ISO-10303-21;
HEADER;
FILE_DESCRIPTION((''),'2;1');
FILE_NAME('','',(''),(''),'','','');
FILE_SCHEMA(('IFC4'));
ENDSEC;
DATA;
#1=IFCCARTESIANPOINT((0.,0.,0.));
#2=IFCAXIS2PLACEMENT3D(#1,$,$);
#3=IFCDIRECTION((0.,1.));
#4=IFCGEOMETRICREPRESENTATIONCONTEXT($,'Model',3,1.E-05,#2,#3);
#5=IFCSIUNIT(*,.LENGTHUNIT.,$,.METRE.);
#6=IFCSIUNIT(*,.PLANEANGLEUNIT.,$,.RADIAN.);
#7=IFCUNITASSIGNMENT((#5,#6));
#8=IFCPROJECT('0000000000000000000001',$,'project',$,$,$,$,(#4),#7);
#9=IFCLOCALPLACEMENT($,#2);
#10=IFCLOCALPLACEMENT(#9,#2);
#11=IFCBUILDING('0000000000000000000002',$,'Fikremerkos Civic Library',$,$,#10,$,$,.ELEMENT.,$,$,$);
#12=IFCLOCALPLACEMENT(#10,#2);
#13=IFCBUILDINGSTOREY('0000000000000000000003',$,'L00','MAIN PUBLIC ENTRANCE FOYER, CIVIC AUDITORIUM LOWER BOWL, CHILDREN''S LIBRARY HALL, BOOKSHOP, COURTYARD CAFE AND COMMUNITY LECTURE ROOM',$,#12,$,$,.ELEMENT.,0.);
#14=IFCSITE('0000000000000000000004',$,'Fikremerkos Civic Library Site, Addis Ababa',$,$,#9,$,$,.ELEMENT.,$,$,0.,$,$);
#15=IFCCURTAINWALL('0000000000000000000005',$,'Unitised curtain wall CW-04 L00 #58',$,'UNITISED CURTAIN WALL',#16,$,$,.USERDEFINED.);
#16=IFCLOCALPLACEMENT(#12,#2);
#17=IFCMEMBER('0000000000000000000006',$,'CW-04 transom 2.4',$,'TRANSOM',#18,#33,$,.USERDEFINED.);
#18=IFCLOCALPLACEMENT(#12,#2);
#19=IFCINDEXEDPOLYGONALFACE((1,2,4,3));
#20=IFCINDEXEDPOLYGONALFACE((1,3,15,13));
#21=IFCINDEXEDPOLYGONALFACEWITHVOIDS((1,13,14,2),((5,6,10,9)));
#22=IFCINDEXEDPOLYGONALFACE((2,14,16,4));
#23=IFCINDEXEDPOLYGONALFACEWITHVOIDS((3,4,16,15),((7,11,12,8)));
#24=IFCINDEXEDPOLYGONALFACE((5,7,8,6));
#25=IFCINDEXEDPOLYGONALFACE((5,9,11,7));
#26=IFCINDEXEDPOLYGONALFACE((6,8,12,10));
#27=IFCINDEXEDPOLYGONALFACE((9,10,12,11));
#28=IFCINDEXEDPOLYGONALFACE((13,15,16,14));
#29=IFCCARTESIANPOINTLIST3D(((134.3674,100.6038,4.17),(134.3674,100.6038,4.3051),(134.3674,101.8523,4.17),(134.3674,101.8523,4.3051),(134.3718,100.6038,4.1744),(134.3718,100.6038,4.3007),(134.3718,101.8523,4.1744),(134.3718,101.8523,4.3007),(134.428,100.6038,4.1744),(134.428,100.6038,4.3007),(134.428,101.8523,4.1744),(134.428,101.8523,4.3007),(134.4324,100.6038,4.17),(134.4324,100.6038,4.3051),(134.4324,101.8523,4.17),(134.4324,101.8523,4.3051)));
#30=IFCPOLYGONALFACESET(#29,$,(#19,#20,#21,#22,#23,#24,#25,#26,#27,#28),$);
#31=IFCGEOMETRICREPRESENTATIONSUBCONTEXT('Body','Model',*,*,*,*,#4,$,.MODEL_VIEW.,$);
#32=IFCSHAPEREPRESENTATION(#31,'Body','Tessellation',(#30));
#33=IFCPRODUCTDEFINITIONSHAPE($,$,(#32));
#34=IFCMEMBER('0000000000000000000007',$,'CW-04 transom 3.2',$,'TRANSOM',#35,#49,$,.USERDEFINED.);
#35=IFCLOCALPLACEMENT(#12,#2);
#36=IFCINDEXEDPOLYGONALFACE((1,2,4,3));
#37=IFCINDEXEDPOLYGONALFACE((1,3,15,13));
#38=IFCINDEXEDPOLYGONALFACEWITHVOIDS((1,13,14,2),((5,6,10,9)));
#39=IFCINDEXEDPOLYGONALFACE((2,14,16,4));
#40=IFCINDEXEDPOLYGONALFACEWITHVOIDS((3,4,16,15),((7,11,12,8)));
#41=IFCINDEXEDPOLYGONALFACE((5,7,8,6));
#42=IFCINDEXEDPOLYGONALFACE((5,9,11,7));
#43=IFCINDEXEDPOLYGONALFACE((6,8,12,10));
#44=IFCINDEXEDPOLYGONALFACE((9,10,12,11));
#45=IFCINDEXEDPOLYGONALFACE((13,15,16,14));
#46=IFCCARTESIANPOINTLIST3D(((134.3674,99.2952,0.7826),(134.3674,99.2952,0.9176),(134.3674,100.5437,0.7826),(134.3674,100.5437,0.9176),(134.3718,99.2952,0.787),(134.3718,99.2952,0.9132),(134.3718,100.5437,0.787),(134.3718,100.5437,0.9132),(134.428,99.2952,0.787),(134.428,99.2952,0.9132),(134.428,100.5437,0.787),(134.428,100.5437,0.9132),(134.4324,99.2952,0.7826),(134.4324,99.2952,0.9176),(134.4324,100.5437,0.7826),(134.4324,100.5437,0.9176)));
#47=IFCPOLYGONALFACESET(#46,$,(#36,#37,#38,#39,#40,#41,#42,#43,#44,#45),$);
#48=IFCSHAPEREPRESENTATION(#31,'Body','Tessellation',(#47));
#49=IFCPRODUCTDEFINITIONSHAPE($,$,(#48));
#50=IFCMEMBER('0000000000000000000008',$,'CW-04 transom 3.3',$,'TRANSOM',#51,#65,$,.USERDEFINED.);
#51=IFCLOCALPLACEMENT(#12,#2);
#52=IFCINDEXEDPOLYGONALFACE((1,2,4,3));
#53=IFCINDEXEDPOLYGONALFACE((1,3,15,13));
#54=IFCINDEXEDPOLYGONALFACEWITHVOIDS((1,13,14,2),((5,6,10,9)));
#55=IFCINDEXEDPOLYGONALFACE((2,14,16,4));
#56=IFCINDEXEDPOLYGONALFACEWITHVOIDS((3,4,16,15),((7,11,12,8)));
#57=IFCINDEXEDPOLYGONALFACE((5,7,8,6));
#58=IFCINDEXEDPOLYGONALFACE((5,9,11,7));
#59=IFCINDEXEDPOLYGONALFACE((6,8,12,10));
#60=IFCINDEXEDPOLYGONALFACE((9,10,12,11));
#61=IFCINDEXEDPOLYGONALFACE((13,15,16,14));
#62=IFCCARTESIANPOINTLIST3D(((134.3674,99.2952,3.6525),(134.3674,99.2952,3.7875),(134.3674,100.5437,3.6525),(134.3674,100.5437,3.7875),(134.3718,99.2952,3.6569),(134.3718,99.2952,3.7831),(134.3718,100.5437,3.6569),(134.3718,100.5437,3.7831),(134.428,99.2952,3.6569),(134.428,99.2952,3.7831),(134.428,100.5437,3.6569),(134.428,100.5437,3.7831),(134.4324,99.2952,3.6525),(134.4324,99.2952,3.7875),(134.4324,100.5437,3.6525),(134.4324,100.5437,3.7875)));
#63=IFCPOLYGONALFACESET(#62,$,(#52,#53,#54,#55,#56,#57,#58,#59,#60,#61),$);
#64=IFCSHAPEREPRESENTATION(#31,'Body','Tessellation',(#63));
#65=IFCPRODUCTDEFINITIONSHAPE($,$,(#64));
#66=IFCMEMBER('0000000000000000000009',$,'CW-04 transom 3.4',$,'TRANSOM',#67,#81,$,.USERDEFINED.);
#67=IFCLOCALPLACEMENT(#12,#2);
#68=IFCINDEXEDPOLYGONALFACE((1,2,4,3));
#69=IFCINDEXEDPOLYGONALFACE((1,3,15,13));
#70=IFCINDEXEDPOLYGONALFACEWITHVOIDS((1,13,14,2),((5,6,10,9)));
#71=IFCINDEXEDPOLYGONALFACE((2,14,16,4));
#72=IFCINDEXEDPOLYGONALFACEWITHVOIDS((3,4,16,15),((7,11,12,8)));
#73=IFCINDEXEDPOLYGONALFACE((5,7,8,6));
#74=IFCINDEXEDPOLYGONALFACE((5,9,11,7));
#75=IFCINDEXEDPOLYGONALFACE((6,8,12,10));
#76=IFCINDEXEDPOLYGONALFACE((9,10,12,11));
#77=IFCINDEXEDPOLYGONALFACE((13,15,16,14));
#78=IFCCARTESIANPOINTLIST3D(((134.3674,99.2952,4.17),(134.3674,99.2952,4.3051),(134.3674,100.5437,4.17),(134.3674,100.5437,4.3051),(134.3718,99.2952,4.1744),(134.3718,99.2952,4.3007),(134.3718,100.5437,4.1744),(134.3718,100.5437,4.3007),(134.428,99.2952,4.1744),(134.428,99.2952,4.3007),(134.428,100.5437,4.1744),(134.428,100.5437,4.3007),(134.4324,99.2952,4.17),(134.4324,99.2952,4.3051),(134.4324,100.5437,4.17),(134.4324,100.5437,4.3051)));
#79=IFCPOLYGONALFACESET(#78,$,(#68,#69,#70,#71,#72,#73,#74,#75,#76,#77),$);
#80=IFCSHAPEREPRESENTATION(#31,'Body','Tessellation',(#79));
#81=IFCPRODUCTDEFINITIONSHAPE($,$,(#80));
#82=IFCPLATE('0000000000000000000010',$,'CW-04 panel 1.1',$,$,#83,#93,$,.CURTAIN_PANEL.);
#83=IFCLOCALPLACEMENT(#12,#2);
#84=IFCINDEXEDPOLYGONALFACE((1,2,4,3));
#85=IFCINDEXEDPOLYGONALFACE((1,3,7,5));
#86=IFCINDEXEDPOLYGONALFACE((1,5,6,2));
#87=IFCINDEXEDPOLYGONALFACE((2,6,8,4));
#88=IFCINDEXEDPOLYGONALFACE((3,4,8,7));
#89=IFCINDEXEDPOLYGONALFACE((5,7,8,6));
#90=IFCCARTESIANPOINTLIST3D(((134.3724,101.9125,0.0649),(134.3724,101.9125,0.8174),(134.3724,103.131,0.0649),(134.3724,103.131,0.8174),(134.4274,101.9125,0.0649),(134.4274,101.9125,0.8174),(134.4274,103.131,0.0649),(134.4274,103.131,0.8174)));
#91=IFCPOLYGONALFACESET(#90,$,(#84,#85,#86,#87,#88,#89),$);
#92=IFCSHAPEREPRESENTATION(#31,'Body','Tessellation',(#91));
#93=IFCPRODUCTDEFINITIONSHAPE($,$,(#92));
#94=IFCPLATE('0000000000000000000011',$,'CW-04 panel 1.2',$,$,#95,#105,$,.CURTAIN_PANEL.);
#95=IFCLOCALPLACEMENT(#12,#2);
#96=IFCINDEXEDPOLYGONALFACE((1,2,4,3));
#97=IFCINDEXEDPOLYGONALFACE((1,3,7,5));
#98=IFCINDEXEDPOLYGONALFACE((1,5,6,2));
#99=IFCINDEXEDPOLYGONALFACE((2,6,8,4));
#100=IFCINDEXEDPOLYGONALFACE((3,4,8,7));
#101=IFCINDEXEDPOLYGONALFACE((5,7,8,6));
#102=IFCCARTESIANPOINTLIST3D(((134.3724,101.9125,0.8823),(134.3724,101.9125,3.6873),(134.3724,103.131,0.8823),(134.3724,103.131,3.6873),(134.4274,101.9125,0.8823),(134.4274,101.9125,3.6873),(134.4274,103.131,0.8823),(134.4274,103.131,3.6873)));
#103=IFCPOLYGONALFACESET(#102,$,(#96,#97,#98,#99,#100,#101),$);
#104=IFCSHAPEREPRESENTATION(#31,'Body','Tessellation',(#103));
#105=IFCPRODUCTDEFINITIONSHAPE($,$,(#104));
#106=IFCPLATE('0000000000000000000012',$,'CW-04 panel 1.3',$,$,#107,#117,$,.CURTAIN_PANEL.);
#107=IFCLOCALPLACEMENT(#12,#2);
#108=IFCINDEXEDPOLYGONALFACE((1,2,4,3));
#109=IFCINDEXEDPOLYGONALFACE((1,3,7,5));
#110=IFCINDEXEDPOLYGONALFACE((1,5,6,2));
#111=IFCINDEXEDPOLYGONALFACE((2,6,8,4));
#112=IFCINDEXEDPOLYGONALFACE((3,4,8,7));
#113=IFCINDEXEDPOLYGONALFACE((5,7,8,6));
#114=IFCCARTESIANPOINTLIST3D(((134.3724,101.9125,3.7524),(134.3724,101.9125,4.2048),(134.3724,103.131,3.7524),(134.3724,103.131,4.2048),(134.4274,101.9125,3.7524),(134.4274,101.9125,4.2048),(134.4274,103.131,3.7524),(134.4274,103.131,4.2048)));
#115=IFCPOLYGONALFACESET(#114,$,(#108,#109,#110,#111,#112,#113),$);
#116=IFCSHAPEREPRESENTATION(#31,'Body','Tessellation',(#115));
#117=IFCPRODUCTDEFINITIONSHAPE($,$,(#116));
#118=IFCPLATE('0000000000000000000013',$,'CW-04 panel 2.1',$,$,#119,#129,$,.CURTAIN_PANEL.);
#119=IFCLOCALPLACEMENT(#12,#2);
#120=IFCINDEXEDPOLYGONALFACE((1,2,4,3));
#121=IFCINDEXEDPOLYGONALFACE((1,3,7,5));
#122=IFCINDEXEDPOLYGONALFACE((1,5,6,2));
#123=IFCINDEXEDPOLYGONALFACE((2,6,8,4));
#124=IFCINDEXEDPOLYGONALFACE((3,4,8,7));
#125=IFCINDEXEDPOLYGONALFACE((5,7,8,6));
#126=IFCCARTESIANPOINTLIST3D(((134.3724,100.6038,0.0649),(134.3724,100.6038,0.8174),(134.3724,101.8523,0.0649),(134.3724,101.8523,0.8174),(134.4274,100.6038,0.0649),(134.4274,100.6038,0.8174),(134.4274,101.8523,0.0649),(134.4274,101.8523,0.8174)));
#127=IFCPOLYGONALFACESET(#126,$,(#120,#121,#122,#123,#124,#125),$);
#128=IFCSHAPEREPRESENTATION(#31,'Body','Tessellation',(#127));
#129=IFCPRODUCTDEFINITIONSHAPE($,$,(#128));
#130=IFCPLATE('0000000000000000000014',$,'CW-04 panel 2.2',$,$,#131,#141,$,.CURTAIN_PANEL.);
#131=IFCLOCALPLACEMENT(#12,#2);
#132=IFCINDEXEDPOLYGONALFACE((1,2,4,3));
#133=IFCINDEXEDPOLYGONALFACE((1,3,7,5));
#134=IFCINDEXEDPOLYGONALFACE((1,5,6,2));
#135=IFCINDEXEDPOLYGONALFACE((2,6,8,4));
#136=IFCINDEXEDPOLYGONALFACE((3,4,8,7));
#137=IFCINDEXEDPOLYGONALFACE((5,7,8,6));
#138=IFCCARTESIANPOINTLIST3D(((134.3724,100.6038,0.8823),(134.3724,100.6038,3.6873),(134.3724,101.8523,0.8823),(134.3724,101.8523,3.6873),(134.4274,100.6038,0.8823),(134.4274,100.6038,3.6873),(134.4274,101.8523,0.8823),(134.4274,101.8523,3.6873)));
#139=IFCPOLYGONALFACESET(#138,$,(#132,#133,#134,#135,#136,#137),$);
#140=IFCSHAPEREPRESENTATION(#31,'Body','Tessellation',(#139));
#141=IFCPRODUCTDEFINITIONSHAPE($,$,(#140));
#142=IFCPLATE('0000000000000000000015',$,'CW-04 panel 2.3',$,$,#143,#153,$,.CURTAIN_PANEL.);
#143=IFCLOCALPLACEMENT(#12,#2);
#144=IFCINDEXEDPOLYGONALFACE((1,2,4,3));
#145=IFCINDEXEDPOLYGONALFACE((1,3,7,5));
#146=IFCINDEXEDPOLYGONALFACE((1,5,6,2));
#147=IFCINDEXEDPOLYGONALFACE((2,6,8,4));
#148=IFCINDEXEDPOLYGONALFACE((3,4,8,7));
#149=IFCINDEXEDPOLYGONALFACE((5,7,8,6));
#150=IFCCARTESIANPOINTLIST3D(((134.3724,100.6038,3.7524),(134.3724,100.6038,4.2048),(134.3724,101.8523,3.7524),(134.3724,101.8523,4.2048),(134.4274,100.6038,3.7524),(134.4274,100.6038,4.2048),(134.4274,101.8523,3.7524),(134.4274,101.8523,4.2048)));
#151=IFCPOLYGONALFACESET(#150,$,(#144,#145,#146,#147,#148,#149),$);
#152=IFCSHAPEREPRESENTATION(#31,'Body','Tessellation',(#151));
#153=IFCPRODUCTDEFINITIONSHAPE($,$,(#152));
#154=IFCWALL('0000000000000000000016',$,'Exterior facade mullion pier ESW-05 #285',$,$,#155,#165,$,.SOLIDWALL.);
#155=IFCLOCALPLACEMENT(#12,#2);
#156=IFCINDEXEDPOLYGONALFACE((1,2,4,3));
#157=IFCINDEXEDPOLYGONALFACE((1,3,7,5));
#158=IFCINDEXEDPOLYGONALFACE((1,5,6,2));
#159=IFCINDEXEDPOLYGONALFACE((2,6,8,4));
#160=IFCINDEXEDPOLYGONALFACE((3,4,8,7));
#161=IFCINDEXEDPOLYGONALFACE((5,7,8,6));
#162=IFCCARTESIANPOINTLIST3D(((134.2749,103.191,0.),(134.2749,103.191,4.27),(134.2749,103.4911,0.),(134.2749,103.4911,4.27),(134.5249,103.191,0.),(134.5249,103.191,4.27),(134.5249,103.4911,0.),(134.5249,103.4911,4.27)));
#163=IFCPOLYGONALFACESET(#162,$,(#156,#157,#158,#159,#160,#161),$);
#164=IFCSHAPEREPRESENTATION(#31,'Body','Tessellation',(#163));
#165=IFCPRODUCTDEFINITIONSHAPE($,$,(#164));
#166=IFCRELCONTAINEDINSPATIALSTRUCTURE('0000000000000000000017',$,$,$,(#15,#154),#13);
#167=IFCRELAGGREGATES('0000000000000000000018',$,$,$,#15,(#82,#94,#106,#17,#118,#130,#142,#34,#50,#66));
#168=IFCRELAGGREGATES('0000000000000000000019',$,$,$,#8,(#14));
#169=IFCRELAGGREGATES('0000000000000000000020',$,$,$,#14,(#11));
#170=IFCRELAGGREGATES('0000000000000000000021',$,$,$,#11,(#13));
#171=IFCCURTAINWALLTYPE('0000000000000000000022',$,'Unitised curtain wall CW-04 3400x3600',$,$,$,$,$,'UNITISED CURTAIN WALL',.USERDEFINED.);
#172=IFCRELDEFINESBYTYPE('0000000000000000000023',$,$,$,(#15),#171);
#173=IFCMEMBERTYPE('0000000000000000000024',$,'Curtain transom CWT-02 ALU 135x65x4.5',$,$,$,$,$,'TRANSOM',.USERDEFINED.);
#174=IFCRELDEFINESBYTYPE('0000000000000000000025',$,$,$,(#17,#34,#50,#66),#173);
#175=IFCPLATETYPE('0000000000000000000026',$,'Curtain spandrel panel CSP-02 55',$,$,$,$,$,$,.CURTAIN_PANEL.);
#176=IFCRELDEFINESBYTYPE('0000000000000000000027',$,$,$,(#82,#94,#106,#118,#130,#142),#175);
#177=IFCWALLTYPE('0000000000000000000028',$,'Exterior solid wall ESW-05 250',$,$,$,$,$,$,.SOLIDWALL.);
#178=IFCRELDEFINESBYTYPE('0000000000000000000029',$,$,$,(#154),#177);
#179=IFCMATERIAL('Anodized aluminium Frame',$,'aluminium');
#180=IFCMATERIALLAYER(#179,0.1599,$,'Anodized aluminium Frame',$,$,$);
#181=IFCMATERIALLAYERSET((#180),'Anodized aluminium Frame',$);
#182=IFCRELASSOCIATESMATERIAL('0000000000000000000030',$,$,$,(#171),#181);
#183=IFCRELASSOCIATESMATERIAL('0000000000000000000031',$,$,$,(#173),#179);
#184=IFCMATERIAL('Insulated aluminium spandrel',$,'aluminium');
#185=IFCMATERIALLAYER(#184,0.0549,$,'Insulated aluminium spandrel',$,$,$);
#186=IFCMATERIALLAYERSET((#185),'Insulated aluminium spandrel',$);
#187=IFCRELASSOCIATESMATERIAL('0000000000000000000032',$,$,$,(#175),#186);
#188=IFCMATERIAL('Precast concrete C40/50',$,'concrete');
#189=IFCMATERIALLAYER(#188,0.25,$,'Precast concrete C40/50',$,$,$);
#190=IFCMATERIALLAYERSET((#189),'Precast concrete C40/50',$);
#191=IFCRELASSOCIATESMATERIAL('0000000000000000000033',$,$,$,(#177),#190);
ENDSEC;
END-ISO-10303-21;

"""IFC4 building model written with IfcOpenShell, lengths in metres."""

from ifc_helpers import new_model, si_unit, direction, frame, frame_2d, origin, origin_2d, place, context, subcontext, project, spatial, rectangle, hollow_rectangle, extrude, material, layer, layer_set, material_profile, profile_set, type_object, element, aggregate, save


model = new_model("IFC4")

# Units and contexts
model_context = context("Model", 3, precision=1e-05, world=origin(), true_north=direction((0.0, 1.0)))
body_context = subcontext(model_context, "Body", "Model", "MODEL_VIEW")
ifc_project = project(units=[si_unit("LENGTHUNIT", "METRE"), si_unit("PLANEANGLEUNIT", "RADIAN")], contexts=[model_context])

# Site, building, storey
site_placement = place(None, origin())
site = spatial("IfcSite", under=ifc_project, at=site_placement, Name="Fikremerkos Civic Library Site, Addis Ababa", CompositionType="ELEMENT", RefElevation=0.0)
building_placement = place(site_placement, origin())
building = spatial("IfcBuilding", under=site, at=building_placement, Name="Fikremerkos Civic Library", CompositionType="ELEMENT")
storey_placement = place(building_placement, origin())
storey = spatial("IfcBuildingStorey", under=building, at=storey_placement, Name="L00", Description="MAIN PUBLIC ENTRANCE FOYER, CIVIC AUDITORIUM LOWER BOWL, CHILDREN'S LIBRARY HALL, BOOKSHOP, COURTYARD CAFE AND COMMUNITY LECTURE ROOM", CompositionType="ELEMENT", Elevation=0.0)

# Shared definitions
ifc_material_1 = material(Name="Anodized aluminium Frame", Category="aluminium")

# Curtain wall, members, plates
ifc_layer_1 = layer(ifc_material_1, 0.1599, Name="Anodized aluminium Frame")
ifc_layer_set_1 = layer_set([ifc_layer_1], Name="Anodized aluminium Frame")
curtain_wall_type_1 = type_object("IfcCurtainWallType", Name="Unitised curtain wall CW-04 3400x3600", ElementType="UNITISED CURTAIN WALL", PredefinedType="USERDEFINED", material=ifc_layer_set_1)
curtain_wall_1_placement = place(storey_placement, origin())
curtain_wall_1 = element("IfcCurtainWall", 1, at=curtain_wall_1_placement, inside=storey, type_object=curtain_wall_type_1, Name="Unitised curtain wall CW-04 L00 #58", ObjectType="UNITISED CURTAIN WALL", PredefinedType="USERDEFINED")
ifc_material_profile_1 = material_profile(ifc_material_1, hollow_rectangle(XDim=0.0649, YDim=0.135, WallThickness=0.0044, at=origin_2d()), Name="ALU 135x65x4.5")
ifc_profile_set_1 = profile_set([ifc_material_profile_1], Name="Anodized aluminium Frame")
member_type_1 = type_object("IfcMemberType", Name="Curtain transom CWT-02 ALU 135x65x4.5", ElementType="TRANSOM", PredefinedType="USERDEFINED", material=ifc_profile_set_1)
member_1_placement = place(storey_placement, frame((134.3999, 101.8523, 4.2375), z_axis=(0.0, -1.0, 0.0), x_axis=(1.0, 0.0, 0.0)))
member_1 = element("IfcMember", 2, at=member_1_placement, type_object=member_type_1, Name="CW-04 transom 2.4", ObjectType="TRANSOM", PredefinedType="USERDEFINED", context=body_context, shape_type="SweptSolid", body=[
    extrude(hollow_rectangle(XDim=0.0649, YDim=0.135, WallThickness=0.0044, at=origin_2d()), origin(), (0.0, 0.0, 1.0), 1.2485),
])
member_2_placement = place(storey_placement, frame((134.3999, 100.5437, 0.8501), z_axis=(0.0, -1.0, 0.0), x_axis=(1.0, 0.0, 0.0)))
member_2 = element("IfcMember", 3, at=member_2_placement, type_object=member_type_1, Name="CW-04 transom 3.2", ObjectType="TRANSOM", PredefinedType="USERDEFINED", context=body_context, shape_type="SweptSolid", body=[
    extrude(hollow_rectangle(XDim=0.0649, YDim=0.135, WallThickness=0.0044, at=origin_2d()), origin(), (0.0, 0.0, 1.0), 1.2485),
])
member_3_placement = place(storey_placement, frame((134.3999, 100.5437, 3.72), z_axis=(0.0, -1.0, 0.0), x_axis=(1.0, 0.0, 0.0)))
member_3 = element("IfcMember", 4, at=member_3_placement, type_object=member_type_1, Name="CW-04 transom 3.3", ObjectType="TRANSOM", PredefinedType="USERDEFINED", context=body_context, shape_type="SweptSolid", body=[
    extrude(hollow_rectangle(XDim=0.0649, YDim=0.135, WallThickness=0.0044, at=origin_2d()), origin(), (0.0, 0.0, 1.0), 1.2485),
])
member_4_placement = place(storey_placement, frame((134.3999, 100.5437, 4.2375), z_axis=(0.0, -1.0, 0.0), x_axis=(1.0, 0.0, 0.0)))
member_4 = element("IfcMember", 5, at=member_4_placement, type_object=member_type_1, Name="CW-04 transom 3.4", ObjectType="TRANSOM", PredefinedType="USERDEFINED", context=body_context, shape_type="SweptSolid", body=[
    extrude(hollow_rectangle(XDim=0.0649, YDim=0.135, WallThickness=0.0044, at=origin_2d()), origin(), (0.0, 0.0, 1.0), 1.2485),
])
ifc_material_2 = material(Name="Insulated aluminium spandrel", Category="aluminium")
ifc_layer_2 = layer(ifc_material_2, 0.0549, Name="Insulated aluminium spandrel")
ifc_layer_set_2 = layer_set([ifc_layer_2], Name="Insulated aluminium spandrel")
plate_type = type_object("IfcPlateType", Name="Curtain spandrel panel CSP-02 55", PredefinedType="CURTAIN_PANEL", material=ifc_layer_set_2)
plate_1_placement = place(storey_placement, frame((134.3999, 102.5217, 0.0649), z_axis=(0.0, 0.0, 1.0), x_axis=(0.0, -1.0, 0.0)))
plate_1 = element("IfcPlate", 6, at=plate_1_placement, type_object=plate_type, Name="CW-04 panel 1.1", PredefinedType="CURTAIN_PANEL", context=body_context, shape_type="SweptSolid", body=[
    extrude(rectangle(XDim=1.2185, YDim=0.0549, at=origin_2d()), origin(), (0.0, 0.0, 1.0), 0.7524),
])
plate_2_placement = place(storey_placement, frame((134.3999, 102.5217, 0.8823), z_axis=(0.0, 0.0, 1.0), x_axis=(0.0, -1.0, 0.0)))
plate_2 = element("IfcPlate", 7, at=plate_2_placement, type_object=plate_type, Name="CW-04 panel 1.2", PredefinedType="CURTAIN_PANEL", context=body_context, shape_type="SweptSolid", body=[
    extrude(rectangle(XDim=1.2185, YDim=0.0549, at=origin_2d()), origin(), (0.0, 0.0, 1.0), 2.8049),
])
plate_3_placement = place(storey_placement, frame((134.3999, 102.5217, 3.7524), z_axis=(0.0, 0.0, 1.0), x_axis=(0.0, -1.0, 0.0)))
plate_3 = element("IfcPlate", 8, at=plate_3_placement, type_object=plate_type, Name="CW-04 panel 1.3", PredefinedType="CURTAIN_PANEL", context=body_context, shape_type="SweptSolid", body=[
    extrude(rectangle(XDim=1.2185, YDim=0.0549, at=origin_2d()), origin(), (0.0, 0.0, 1.0), 0.4524),
])
plate_4_placement = place(storey_placement, frame((134.3999, 101.228, 0.0649), z_axis=(0.0, 0.0, 1.0), x_axis=(0.0, -1.0, 0.0)))
plate_4 = element("IfcPlate", 9, at=plate_4_placement, type_object=plate_type, Name="CW-04 panel 2.1", PredefinedType="CURTAIN_PANEL", context=body_context, shape_type="SweptSolid", body=[
    extrude(rectangle(XDim=1.2485, YDim=0.0549, at=origin_2d()), origin(), (0.0, 0.0, 1.0), 0.7524),
])
plate_5_placement = place(storey_placement, frame((134.3999, 101.228, 0.8823), z_axis=(0.0, 0.0, 1.0), x_axis=(0.0, -1.0, 0.0)))
plate_5 = element("IfcPlate", 10, at=plate_5_placement, type_object=plate_type, Name="CW-04 panel 2.2", PredefinedType="CURTAIN_PANEL", context=body_context, shape_type="SweptSolid", body=[
    extrude(rectangle(XDim=1.2485, YDim=0.0549, at=origin_2d()), origin(), (0.0, 0.0, 1.0), 2.8049),
])
plate_6_placement = place(storey_placement, frame((134.3999, 101.228, 3.7524), z_axis=(0.0, 0.0, 1.0), x_axis=(0.0, -1.0, 0.0)))
plate_6 = element("IfcPlate", 11, at=plate_6_placement, type_object=plate_type, Name="CW-04 panel 2.3", PredefinedType="CURTAIN_PANEL", context=body_context, shape_type="SweptSolid", body=[
    extrude(rectangle(XDim=1.2485, YDim=0.0549, at=origin_2d()), origin(), (0.0, 0.0, 1.0), 0.4524),
])
aggregate(curtain_wall_1, [plate_1, plate_2, plate_3, member_1, plate_4, plate_5, plate_6, member_2, member_3, member_4])

# Wall
ifc_material_3 = material(Name="Precast concrete C40/50", Category="concrete")
ifc_layer_3 = layer(ifc_material_3, 0.25, Name="Precast concrete C40/50")
ifc_layer_set_3 = layer_set([ifc_layer_3], Name="Precast concrete C40/50")
wall_type = type_object("IfcWallType", Name="Exterior solid wall ESW-05 250", PredefinedType="SOLIDWALL", material=ifc_layer_set_3)
wall_placement = place(storey_placement, frame((134.3999, 103.491, 0.0), z_axis=(0.0, 0.0, 1.0), x_axis=(0.0, -1.0, 0.0)))
element("IfcWall", 12, at=wall_placement, inside=storey, type_object=wall_type, Name="Exterior facade mullion pier ESW-05 #285", PredefinedType="SOLIDWALL", context=body_context, shape_type="SweptSolid", body=[
    extrude(rectangle(XDim=0.3, YDim=0.25, at=frame_2d((0.1499, 0.0))), origin(), (0.0, 0.0, 1.0), 4.27),
])

save(model, "model.ifc")
